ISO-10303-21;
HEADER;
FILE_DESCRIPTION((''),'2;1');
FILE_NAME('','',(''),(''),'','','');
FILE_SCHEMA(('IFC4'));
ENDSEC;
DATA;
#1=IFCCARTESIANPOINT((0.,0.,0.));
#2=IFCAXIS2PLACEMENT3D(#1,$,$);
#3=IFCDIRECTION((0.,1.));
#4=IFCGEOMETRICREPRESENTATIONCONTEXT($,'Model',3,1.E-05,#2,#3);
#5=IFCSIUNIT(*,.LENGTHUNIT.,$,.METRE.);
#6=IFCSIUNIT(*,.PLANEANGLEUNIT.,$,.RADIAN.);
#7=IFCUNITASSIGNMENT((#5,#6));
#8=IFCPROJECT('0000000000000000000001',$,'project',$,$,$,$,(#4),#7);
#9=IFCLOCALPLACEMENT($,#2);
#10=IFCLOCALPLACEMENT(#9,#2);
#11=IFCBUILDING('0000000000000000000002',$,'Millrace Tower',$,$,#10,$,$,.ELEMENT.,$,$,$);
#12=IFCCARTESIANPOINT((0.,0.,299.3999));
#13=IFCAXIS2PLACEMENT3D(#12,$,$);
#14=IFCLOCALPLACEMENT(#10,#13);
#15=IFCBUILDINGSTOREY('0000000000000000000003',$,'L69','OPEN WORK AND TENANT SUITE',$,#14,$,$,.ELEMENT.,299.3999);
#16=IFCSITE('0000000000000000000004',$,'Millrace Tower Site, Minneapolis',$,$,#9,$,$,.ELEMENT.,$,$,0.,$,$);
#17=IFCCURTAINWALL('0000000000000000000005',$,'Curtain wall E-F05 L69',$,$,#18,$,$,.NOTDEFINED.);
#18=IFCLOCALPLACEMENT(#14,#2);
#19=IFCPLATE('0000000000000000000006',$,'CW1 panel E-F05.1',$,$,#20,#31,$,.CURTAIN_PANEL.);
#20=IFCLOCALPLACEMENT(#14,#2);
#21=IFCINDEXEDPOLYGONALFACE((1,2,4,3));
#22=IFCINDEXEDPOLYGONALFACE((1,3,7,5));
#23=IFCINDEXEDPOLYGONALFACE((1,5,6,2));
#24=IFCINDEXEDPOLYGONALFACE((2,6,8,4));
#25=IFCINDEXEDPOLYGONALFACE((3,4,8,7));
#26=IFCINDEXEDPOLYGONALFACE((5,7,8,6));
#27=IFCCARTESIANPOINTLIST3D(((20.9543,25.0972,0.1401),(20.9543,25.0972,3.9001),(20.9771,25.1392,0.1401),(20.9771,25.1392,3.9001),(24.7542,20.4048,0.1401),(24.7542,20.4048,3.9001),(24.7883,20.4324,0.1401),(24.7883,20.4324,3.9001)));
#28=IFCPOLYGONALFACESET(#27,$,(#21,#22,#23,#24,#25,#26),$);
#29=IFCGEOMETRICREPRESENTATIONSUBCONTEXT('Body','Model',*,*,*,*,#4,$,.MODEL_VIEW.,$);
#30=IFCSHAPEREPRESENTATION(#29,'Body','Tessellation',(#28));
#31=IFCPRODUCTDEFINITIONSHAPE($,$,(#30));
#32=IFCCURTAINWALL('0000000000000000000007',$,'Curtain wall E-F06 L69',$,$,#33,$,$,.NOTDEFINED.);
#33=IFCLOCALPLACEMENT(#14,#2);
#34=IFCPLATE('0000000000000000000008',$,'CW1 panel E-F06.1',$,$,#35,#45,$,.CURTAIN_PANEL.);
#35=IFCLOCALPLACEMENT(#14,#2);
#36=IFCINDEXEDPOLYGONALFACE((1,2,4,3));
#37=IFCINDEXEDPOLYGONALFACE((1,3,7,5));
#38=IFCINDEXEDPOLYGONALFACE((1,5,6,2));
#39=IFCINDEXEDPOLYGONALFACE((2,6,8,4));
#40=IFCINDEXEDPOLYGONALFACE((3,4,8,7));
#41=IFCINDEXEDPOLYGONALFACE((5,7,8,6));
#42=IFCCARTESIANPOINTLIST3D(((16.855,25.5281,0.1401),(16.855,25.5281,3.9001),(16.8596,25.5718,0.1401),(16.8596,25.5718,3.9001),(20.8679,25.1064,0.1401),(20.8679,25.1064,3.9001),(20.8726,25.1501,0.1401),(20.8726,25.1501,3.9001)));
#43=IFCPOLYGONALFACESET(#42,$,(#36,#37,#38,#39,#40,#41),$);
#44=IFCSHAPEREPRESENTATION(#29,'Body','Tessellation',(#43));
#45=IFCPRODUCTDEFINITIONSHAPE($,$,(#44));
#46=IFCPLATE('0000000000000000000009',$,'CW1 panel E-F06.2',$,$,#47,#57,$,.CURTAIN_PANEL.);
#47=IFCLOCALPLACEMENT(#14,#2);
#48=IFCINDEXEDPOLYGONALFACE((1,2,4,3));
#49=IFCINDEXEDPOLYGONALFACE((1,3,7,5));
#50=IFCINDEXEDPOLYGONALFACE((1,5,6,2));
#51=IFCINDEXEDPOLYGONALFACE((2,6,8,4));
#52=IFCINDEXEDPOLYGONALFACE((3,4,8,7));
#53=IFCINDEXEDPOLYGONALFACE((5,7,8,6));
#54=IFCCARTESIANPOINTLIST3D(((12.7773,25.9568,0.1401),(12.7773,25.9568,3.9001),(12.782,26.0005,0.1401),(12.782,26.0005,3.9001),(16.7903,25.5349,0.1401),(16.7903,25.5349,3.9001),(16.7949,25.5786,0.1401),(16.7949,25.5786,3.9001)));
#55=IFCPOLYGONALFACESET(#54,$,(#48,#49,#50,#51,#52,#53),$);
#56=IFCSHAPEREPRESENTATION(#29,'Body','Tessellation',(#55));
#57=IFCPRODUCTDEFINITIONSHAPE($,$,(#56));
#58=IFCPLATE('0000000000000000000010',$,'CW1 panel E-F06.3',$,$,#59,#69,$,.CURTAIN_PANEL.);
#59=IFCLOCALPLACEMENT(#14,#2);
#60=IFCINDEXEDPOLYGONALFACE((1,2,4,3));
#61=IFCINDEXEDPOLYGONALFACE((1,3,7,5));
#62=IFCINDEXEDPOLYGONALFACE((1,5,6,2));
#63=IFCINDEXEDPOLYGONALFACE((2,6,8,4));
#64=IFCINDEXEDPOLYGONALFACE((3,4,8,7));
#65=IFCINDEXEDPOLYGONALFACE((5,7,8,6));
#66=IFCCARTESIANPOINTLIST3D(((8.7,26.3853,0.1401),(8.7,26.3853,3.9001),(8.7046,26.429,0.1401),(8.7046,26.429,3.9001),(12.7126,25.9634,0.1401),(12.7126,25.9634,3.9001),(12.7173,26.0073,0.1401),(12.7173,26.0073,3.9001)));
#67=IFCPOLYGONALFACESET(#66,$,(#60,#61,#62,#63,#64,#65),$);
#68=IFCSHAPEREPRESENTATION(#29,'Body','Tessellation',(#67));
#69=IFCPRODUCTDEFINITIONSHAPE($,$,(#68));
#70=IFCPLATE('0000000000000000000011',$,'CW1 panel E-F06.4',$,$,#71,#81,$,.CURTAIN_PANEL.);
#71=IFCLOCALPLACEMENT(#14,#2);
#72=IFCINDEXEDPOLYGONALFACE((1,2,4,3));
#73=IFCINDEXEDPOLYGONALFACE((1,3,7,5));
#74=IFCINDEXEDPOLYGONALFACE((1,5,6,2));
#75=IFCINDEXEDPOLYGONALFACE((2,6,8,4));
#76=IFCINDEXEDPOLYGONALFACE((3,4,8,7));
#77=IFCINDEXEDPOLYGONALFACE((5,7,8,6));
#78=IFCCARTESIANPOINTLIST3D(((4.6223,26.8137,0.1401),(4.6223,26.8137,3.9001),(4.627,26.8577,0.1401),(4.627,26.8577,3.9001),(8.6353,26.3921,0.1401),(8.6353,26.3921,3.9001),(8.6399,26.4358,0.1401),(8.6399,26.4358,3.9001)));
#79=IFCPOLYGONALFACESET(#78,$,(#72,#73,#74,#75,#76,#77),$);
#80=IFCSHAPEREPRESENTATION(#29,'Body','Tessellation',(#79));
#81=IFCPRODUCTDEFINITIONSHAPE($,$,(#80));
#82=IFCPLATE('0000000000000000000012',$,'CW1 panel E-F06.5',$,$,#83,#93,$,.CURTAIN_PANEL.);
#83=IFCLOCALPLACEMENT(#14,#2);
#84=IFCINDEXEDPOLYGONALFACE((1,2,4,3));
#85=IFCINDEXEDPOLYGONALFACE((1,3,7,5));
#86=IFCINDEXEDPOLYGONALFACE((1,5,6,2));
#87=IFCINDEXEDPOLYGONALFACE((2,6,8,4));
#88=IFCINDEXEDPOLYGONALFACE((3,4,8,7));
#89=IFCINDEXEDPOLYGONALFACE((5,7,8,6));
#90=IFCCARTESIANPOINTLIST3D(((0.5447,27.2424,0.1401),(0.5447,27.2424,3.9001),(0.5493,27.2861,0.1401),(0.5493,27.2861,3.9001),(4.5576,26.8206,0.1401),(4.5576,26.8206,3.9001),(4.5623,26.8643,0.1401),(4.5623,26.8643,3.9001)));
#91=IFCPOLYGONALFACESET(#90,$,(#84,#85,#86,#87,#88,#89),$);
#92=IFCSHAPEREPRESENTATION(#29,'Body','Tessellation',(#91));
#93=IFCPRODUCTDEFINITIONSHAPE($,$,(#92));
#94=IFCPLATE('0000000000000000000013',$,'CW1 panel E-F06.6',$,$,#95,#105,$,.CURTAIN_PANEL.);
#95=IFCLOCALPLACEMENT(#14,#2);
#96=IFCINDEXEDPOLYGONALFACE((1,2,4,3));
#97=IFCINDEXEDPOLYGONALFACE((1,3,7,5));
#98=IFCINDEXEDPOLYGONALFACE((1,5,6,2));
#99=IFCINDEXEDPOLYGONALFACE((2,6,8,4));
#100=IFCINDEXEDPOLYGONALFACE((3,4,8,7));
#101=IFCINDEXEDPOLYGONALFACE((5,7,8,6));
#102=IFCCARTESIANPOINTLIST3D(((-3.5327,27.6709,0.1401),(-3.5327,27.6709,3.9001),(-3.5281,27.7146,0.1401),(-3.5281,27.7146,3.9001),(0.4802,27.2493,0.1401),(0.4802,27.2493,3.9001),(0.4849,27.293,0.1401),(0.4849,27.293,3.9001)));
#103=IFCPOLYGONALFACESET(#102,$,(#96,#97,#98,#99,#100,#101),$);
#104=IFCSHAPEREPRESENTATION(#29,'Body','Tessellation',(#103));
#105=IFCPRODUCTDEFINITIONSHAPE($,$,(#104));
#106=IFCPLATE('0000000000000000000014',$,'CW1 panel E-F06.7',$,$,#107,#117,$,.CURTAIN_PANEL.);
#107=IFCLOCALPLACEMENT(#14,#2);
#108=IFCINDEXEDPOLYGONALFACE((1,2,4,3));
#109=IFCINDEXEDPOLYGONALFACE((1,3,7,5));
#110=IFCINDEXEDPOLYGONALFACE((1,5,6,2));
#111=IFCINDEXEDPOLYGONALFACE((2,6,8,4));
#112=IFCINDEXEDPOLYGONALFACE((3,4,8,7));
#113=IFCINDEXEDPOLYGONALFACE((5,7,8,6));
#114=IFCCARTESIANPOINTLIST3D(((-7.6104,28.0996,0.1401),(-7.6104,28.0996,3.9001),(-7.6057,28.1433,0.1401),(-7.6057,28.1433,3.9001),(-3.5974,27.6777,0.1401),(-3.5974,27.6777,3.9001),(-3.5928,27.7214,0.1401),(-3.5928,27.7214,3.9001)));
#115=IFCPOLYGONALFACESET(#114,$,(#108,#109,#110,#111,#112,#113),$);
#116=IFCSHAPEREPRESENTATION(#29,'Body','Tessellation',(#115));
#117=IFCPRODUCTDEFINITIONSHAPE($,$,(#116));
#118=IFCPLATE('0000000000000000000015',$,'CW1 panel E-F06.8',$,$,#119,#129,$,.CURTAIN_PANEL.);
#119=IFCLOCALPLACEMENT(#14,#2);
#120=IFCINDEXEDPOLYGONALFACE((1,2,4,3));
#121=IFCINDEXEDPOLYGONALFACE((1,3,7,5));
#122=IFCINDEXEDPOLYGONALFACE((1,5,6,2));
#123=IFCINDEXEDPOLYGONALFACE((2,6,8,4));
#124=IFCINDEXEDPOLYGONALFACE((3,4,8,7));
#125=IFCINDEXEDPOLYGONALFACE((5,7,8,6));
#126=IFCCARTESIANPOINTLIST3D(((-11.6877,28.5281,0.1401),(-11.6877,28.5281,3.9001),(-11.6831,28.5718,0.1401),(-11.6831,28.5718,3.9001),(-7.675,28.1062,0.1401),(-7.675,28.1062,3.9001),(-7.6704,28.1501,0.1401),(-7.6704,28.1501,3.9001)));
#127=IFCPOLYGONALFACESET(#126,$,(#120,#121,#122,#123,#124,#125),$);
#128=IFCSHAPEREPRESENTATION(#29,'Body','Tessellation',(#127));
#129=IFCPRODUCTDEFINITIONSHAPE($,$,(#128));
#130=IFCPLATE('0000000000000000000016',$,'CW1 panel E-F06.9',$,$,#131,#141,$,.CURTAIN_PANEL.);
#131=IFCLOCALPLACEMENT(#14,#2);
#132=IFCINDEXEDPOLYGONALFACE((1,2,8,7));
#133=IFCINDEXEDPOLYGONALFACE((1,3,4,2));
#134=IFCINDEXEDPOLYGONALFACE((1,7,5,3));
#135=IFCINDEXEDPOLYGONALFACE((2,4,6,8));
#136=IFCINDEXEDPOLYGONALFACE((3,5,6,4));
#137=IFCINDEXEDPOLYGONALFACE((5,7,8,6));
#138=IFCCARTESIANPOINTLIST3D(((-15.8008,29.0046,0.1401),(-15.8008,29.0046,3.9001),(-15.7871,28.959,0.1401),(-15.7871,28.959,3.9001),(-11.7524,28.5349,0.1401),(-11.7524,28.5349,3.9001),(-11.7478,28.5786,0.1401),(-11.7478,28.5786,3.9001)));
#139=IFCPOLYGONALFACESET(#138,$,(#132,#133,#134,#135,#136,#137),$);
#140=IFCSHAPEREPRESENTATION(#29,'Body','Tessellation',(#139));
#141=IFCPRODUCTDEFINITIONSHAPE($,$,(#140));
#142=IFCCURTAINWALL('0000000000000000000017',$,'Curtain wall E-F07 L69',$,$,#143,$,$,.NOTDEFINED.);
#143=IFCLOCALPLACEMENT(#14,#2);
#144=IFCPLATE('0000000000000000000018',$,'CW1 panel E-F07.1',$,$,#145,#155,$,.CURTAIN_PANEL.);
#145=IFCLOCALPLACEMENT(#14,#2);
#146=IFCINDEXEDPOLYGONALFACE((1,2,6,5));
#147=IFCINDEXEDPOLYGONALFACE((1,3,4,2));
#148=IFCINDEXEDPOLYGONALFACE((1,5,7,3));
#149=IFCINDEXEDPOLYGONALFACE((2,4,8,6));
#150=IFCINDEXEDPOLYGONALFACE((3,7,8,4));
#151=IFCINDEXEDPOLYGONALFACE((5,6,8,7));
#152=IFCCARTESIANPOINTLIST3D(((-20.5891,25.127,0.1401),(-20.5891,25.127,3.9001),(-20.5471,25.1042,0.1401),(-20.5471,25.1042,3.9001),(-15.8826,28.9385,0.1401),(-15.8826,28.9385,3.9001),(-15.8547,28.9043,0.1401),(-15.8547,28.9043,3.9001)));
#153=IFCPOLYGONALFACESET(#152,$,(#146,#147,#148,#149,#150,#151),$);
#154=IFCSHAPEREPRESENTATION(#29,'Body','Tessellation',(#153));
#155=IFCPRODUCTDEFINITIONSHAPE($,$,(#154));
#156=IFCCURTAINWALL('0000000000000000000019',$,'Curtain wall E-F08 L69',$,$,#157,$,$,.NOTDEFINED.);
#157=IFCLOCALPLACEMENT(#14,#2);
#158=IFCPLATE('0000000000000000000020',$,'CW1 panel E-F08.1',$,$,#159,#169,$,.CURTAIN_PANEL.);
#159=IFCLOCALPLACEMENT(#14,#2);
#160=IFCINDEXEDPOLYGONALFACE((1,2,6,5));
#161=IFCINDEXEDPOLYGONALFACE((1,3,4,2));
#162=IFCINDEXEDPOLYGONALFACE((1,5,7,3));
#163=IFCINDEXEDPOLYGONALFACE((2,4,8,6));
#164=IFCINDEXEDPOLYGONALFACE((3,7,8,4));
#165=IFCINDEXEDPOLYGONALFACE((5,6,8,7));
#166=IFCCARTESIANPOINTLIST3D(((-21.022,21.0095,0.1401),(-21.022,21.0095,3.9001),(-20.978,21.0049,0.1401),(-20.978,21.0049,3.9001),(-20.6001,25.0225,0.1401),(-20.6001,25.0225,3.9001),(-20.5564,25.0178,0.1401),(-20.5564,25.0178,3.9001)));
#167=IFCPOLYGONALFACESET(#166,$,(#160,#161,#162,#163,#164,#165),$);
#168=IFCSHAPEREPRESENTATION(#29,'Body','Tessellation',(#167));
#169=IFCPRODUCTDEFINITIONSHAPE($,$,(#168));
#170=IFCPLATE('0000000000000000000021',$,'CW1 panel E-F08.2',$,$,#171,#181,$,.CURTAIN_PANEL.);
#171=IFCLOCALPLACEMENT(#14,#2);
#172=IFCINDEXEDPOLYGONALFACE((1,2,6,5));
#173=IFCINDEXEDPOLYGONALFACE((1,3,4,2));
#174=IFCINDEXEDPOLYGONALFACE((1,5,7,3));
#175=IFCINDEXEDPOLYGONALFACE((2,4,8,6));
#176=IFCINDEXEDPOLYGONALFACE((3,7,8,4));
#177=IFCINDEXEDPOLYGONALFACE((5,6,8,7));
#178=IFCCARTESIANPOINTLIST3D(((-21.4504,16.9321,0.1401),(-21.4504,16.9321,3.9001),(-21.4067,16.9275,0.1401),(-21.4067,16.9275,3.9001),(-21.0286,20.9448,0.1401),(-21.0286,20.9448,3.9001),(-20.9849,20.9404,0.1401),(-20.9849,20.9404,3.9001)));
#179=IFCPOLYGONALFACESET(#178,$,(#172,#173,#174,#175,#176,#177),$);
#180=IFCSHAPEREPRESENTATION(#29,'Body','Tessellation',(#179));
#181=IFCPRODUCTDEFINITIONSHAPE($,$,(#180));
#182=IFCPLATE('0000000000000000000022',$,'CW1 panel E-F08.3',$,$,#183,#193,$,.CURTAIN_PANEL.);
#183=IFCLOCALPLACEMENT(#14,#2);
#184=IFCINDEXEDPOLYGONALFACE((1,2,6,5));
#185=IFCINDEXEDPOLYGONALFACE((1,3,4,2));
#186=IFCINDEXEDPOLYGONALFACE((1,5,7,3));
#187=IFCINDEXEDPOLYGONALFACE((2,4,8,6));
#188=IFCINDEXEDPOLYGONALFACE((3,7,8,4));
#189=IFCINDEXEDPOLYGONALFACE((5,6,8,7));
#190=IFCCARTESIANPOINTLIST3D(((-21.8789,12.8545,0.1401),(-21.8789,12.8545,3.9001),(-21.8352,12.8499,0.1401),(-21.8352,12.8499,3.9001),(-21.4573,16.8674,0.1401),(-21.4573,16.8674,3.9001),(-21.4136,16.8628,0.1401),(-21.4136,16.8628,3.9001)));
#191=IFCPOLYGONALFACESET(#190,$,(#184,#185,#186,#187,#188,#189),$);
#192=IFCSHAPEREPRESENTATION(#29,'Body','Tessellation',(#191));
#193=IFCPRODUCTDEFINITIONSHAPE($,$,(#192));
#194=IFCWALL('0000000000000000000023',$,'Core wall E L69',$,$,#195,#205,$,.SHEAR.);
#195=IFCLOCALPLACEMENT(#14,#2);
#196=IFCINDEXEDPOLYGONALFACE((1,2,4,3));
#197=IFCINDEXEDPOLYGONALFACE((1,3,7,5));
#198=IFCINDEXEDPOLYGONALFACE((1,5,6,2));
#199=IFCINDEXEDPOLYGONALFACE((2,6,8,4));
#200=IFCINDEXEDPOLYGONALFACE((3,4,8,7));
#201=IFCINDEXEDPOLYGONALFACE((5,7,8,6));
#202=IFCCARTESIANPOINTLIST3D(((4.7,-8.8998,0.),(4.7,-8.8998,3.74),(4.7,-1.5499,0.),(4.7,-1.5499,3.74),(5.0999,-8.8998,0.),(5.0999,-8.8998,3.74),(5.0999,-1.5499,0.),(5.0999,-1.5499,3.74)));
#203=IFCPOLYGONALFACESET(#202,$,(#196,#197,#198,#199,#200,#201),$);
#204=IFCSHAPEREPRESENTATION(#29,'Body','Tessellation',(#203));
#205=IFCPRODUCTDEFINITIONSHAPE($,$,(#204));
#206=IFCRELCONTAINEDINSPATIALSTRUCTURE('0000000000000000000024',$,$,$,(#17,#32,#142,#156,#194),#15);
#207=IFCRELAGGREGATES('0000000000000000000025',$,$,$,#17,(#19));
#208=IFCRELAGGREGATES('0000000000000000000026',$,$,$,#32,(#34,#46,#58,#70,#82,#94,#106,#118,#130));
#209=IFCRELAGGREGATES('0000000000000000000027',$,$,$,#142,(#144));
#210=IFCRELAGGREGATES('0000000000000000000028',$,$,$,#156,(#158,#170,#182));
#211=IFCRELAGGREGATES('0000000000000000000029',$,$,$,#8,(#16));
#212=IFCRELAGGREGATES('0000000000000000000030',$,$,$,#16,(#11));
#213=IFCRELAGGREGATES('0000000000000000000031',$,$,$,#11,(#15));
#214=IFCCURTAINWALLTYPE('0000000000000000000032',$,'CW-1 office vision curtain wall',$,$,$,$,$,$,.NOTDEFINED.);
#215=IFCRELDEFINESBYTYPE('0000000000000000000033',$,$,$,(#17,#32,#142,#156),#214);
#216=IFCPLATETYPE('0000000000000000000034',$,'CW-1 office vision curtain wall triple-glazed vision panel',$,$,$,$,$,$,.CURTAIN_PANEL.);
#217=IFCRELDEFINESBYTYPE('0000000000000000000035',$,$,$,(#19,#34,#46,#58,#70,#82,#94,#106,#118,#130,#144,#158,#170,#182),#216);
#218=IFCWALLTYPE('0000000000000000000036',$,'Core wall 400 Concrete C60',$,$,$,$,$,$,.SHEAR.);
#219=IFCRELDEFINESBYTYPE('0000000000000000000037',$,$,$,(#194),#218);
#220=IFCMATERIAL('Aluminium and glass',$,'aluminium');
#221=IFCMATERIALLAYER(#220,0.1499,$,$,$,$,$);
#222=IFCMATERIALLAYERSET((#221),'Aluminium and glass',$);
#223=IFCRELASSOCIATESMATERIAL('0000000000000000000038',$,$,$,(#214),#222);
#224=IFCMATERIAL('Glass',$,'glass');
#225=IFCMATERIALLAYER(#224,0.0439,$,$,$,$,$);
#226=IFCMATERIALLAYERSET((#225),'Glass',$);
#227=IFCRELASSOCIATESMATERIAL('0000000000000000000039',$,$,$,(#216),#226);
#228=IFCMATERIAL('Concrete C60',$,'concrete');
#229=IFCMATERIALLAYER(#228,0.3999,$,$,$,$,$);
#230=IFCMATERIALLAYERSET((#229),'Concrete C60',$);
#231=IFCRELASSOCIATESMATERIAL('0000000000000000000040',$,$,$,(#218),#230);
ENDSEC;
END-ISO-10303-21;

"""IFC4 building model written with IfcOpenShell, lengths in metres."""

from ifc_helpers import new_model, si_unit, direction, frame, frame_2d, origin, place, context, subcontext, project, spatial, polyline, rectangle, outline, extrude, material, layer, layer_set, type_object, element, aggregate, save


model = new_model("IFC4")

# Units and contexts
model_context = context("Model", 3, precision=1e-05, world=origin(), true_north=direction((0.0, 1.0)))
body_context = subcontext(model_context, "Body", "Model", "MODEL_VIEW")
ifc_project = project(units=[si_unit("LENGTHUNIT", "METRE"), si_unit("PLANEANGLEUNIT", "RADIAN")], contexts=[model_context])

# Site, building, storey
site_placement = place(None, origin())
site = spatial("IfcSite", under=ifc_project, at=site_placement, Name="Millrace Tower Site, Minneapolis", CompositionType="ELEMENT", RefElevation=0.0)
building_placement = place(site_placement, origin())
building = spatial("IfcBuilding", under=site, at=building_placement, Name="Millrace Tower", CompositionType="ELEMENT")
storey_placement = place(building_placement, frame((0.0, 0.0, 299.3999)))
storey = spatial("IfcBuildingStorey", under=building, at=storey_placement, Name="L69", Description="OPEN WORK AND TENANT SUITE", CompositionType="ELEMENT", Elevation=299.3999)

# Curtain wall, plate
ifc_material_1 = material(Name="Aluminium and glass", Category="aluminium")
ifc_layer_1 = layer(ifc_material_1, 0.1499)
ifc_layer_set_1 = layer_set([ifc_layer_1], Name="Aluminium and glass")
curtain_wall_type = type_object("IfcCurtainWallType", Name="CW-1 office vision curtain wall", PredefinedType="NOTDEFINED", material=ifc_layer_set_1)
placement_1 = place(storey_placement, origin())
curtain_wall_1 = element("IfcCurtainWall", 1, at=placement_1, inside=storey, type_object=curtain_wall_type, Name="Curtain wall E-F05 L69", PredefinedType="NOTDEFINED")
ifc_material_2 = material(Name="Glass", Category="glass")
ifc_layer_2 = layer(ifc_material_2, 0.0439)
ifc_layer_set_2 = layer_set([ifc_layer_2], Name="Glass")
plate_type = type_object("IfcPlateType", Name="CW-1 office vision curtain wall triple-glazed vision panel", PredefinedType="CURTAIN_PANEL", material=ifc_layer_set_2)
placement_2 = place(storey_placement, frame((0.0, 0.0, 0.1401)))
plate_1 = element("IfcPlate", 2, at=placement_2, type_object=plate_type, Name="CW1 panel E-F05.1", PredefinedType="CURTAIN_PANEL", context=body_context, shape_type="SweptSolid", body=[
    extrude(outline(polyline([(24.7883, 20.4324), (20.9771, 25.1392), (20.9543, 25.0972), (24.7542, 20.4048), (24.7883, 20.4324)])), origin(), (0.0, 0.0, 1.0), 3.76),
])
aggregate(curtain_wall_1, [plate_1])

# Curtain wall, plates
curtain_wall_2 = element("IfcCurtainWall", 3, at=placement_1, inside=storey, type_object=curtain_wall_type, Name="Curtain wall E-F06 L69", PredefinedType="NOTDEFINED")
plate_2 = element("IfcPlate", 4, at=placement_2, type_object=plate_type, Name="CW1 panel E-F06.1", PredefinedType="CURTAIN_PANEL", context=body_context, shape_type="SweptSolid", body=[
    extrude(outline(polyline([(20.8726, 25.1501), (16.8596, 25.5718), (16.855, 25.5281), (20.8679, 25.1064), (20.8726, 25.1501)])), origin(), (0.0, 0.0, 1.0), 3.76),
])
plate_3 = element("IfcPlate", 5, at=placement_2, type_object=plate_type, Name="CW1 panel E-F06.2", PredefinedType="CURTAIN_PANEL", context=body_context, shape_type="SweptSolid", body=[
    extrude(outline(polyline([(16.7949, 25.5786), (12.782, 26.0005), (12.7773, 25.9568), (16.7903, 25.5349), (16.7949, 25.5786)])), origin(), (0.0, 0.0, 1.0), 3.76),
])
plate_4 = element("IfcPlate", 6, at=placement_2, type_object=plate_type, Name="CW1 panel E-F06.3", PredefinedType="CURTAIN_PANEL", context=body_context, shape_type="SweptSolid", body=[
    extrude(outline(polyline([(12.7173, 26.0073), (8.7046, 26.429), (8.7, 26.3853), (12.7126, 25.9634), (12.7173, 26.0073)])), origin(), (0.0, 0.0, 1.0), 3.76),
])
plate_5 = element("IfcPlate", 7, at=placement_2, type_object=plate_type, Name="CW1 panel E-F06.4", PredefinedType="CURTAIN_PANEL", context=body_context, shape_type="SweptSolid", body=[
    extrude(outline(polyline([(8.6399, 26.4358), (4.627, 26.8577), (4.6223, 26.8137), (8.6353, 26.3921), (8.6399, 26.4358)])), origin(), (0.0, 0.0, 1.0), 3.76),
])
plate_6 = element("IfcPlate", 8, at=placement_2, type_object=plate_type, Name="CW1 panel E-F06.5", PredefinedType="CURTAIN_PANEL", context=body_context, shape_type="SweptSolid", body=[
    extrude(outline(polyline([(4.5623, 26.8643), (0.5493, 27.2861), (0.5447, 27.2424), (4.5576, 26.8206), (4.5623, 26.8643)])), origin(), (0.0, 0.0, 1.0), 3.76),
])
plate_7 = element("IfcPlate", 9, at=placement_2, type_object=plate_type, Name="CW1 panel E-F06.6", PredefinedType="CURTAIN_PANEL", context=body_context, shape_type="SweptSolid", body=[
    extrude(outline(polyline([(0.4849, 27.293), (-3.5281, 27.7146), (-3.5327, 27.6709), (0.4802, 27.2493), (0.4849, 27.293)])), origin(), (0.0, 0.0, 1.0), 3.76),
])
plate_8 = element("IfcPlate", 10, at=placement_2, type_object=plate_type, Name="CW1 panel E-F06.7", PredefinedType="CURTAIN_PANEL", context=body_context, shape_type="SweptSolid", body=[
    extrude(outline(polyline([(-3.5928, 27.7214), (-7.6057, 28.1433), (-7.6104, 28.0996), (-3.5974, 27.6777), (-3.5928, 27.7214)])), origin(), (0.0, 0.0, 1.0), 3.76),
])
plate_9 = element("IfcPlate", 11, at=placement_2, type_object=plate_type, Name="CW1 panel E-F06.8", PredefinedType="CURTAIN_PANEL", context=body_context, shape_type="SweptSolid", body=[
    extrude(outline(polyline([(-7.6704, 28.1501), (-11.6831, 28.5718), (-11.6877, 28.5281), (-7.675, 28.1062), (-7.6704, 28.1501)])), origin(), (0.0, 0.0, 1.0), 3.76),
])
plate_10 = element("IfcPlate", 12, at=placement_2, type_object=plate_type, Name="CW1 panel E-F06.9", PredefinedType="CURTAIN_PANEL", context=body_context, shape_type="SweptSolid", body=[
    extrude(outline(polyline([(-11.7478, 28.5786), (-15.8008, 29.0046), (-15.7871, 28.959), (-11.7524, 28.5349), (-11.7478, 28.5786)])), origin(), (0.0, 0.0, 1.0), 3.76),
])
aggregate(curtain_wall_2, [plate_2, plate_3, plate_4, plate_5, plate_6, plate_7, plate_8, plate_9, plate_10])

# Curtain wall, plate
curtain_wall_3 = element("IfcCurtainWall", 13, at=placement_1, inside=storey, type_object=curtain_wall_type, Name="Curtain wall E-F07 L69", PredefinedType="NOTDEFINED")
plate_11 = element("IfcPlate", 14, at=placement_2, type_object=plate_type, Name="CW1 panel E-F07.1", PredefinedType="CURTAIN_PANEL", context=body_context, shape_type="SweptSolid", body=[
    extrude(outline(polyline([(-15.8826, 28.9385), (-20.5891, 25.127), (-20.5471, 25.1042), (-15.8547, 28.9043), (-15.8826, 28.9385)])), origin(), (0.0, 0.0, 1.0), 3.76),
])
aggregate(curtain_wall_3, [plate_11])

# Curtain wall, plates
curtain_wall_4 = element("IfcCurtainWall", 15, at=placement_1, inside=storey, type_object=curtain_wall_type, Name="Curtain wall E-F08 L69", PredefinedType="NOTDEFINED")
plate_12 = element("IfcPlate", 16, at=placement_2, type_object=plate_type, Name="CW1 panel E-F08.1", PredefinedType="CURTAIN_PANEL", context=body_context, shape_type="SweptSolid", body=[
    extrude(outline(polyline([(-20.6001, 25.0225), (-21.022, 21.0095), (-20.978, 21.0049), (-20.5564, 25.0178), (-20.6001, 25.0225)])), origin(), (0.0, 0.0, 1.0), 3.76),
])
plate_13 = element("IfcPlate", 17, at=placement_2, type_object=plate_type, Name="CW1 panel E-F08.2", PredefinedType="CURTAIN_PANEL", context=body_context, shape_type="SweptSolid", body=[
    extrude(outline(polyline([(-21.0286, 20.9448), (-21.4504, 16.9321), (-21.4067, 16.9275), (-20.9849, 20.9404), (-21.0286, 20.9448)])), origin(), (0.0, 0.0, 1.0), 3.76),
])
plate_14 = element("IfcPlate", 18, at=placement_2, type_object=plate_type, Name="CW1 panel E-F08.3", PredefinedType="CURTAIN_PANEL", context=body_context, shape_type="SweptSolid", body=[
    extrude(outline(polyline([(-21.4573, 16.8674), (-21.8789, 12.8545), (-21.8352, 12.8499), (-21.4136, 16.8628), (-21.4573, 16.8674)])), origin(), (0.0, 0.0, 1.0), 3.76),
])
aggregate(curtain_wall_4, [plate_12, plate_13, plate_14])

# Wall
ifc_material_3 = material(Name="Concrete C60", Category="concrete")
ifc_layer_3 = layer(ifc_material_3, 0.3999)
ifc_layer_set_3 = layer_set([ifc_layer_3], Name="Concrete C60")
wall_type_1 = type_object("IfcWallType", Name="Core wall 400 Concrete C60", PredefinedType="SHEAR", material=ifc_layer_set_3)
wall_1_placement = place(storey_placement, frame((4.8999, -1.55, 0.0), z_axis=(0.0, 0.0, 1.0), x_axis=(0.0, -1.0, 0.0)))
element("IfcWall", 19, at=wall_1_placement, inside=storey, type_object=wall_type_1, Name="Core wall E L69", PredefinedType="SHEAR", context=body_context, shape_type="SweptSolid", body=[
    extrude(rectangle(XDim=7.3499, YDim=0.3999, at=frame_2d((3.6748, 0.0))), origin(), (0.0, 0.0, 1.0), 3.74),
])

save(model, "model.ifc")
